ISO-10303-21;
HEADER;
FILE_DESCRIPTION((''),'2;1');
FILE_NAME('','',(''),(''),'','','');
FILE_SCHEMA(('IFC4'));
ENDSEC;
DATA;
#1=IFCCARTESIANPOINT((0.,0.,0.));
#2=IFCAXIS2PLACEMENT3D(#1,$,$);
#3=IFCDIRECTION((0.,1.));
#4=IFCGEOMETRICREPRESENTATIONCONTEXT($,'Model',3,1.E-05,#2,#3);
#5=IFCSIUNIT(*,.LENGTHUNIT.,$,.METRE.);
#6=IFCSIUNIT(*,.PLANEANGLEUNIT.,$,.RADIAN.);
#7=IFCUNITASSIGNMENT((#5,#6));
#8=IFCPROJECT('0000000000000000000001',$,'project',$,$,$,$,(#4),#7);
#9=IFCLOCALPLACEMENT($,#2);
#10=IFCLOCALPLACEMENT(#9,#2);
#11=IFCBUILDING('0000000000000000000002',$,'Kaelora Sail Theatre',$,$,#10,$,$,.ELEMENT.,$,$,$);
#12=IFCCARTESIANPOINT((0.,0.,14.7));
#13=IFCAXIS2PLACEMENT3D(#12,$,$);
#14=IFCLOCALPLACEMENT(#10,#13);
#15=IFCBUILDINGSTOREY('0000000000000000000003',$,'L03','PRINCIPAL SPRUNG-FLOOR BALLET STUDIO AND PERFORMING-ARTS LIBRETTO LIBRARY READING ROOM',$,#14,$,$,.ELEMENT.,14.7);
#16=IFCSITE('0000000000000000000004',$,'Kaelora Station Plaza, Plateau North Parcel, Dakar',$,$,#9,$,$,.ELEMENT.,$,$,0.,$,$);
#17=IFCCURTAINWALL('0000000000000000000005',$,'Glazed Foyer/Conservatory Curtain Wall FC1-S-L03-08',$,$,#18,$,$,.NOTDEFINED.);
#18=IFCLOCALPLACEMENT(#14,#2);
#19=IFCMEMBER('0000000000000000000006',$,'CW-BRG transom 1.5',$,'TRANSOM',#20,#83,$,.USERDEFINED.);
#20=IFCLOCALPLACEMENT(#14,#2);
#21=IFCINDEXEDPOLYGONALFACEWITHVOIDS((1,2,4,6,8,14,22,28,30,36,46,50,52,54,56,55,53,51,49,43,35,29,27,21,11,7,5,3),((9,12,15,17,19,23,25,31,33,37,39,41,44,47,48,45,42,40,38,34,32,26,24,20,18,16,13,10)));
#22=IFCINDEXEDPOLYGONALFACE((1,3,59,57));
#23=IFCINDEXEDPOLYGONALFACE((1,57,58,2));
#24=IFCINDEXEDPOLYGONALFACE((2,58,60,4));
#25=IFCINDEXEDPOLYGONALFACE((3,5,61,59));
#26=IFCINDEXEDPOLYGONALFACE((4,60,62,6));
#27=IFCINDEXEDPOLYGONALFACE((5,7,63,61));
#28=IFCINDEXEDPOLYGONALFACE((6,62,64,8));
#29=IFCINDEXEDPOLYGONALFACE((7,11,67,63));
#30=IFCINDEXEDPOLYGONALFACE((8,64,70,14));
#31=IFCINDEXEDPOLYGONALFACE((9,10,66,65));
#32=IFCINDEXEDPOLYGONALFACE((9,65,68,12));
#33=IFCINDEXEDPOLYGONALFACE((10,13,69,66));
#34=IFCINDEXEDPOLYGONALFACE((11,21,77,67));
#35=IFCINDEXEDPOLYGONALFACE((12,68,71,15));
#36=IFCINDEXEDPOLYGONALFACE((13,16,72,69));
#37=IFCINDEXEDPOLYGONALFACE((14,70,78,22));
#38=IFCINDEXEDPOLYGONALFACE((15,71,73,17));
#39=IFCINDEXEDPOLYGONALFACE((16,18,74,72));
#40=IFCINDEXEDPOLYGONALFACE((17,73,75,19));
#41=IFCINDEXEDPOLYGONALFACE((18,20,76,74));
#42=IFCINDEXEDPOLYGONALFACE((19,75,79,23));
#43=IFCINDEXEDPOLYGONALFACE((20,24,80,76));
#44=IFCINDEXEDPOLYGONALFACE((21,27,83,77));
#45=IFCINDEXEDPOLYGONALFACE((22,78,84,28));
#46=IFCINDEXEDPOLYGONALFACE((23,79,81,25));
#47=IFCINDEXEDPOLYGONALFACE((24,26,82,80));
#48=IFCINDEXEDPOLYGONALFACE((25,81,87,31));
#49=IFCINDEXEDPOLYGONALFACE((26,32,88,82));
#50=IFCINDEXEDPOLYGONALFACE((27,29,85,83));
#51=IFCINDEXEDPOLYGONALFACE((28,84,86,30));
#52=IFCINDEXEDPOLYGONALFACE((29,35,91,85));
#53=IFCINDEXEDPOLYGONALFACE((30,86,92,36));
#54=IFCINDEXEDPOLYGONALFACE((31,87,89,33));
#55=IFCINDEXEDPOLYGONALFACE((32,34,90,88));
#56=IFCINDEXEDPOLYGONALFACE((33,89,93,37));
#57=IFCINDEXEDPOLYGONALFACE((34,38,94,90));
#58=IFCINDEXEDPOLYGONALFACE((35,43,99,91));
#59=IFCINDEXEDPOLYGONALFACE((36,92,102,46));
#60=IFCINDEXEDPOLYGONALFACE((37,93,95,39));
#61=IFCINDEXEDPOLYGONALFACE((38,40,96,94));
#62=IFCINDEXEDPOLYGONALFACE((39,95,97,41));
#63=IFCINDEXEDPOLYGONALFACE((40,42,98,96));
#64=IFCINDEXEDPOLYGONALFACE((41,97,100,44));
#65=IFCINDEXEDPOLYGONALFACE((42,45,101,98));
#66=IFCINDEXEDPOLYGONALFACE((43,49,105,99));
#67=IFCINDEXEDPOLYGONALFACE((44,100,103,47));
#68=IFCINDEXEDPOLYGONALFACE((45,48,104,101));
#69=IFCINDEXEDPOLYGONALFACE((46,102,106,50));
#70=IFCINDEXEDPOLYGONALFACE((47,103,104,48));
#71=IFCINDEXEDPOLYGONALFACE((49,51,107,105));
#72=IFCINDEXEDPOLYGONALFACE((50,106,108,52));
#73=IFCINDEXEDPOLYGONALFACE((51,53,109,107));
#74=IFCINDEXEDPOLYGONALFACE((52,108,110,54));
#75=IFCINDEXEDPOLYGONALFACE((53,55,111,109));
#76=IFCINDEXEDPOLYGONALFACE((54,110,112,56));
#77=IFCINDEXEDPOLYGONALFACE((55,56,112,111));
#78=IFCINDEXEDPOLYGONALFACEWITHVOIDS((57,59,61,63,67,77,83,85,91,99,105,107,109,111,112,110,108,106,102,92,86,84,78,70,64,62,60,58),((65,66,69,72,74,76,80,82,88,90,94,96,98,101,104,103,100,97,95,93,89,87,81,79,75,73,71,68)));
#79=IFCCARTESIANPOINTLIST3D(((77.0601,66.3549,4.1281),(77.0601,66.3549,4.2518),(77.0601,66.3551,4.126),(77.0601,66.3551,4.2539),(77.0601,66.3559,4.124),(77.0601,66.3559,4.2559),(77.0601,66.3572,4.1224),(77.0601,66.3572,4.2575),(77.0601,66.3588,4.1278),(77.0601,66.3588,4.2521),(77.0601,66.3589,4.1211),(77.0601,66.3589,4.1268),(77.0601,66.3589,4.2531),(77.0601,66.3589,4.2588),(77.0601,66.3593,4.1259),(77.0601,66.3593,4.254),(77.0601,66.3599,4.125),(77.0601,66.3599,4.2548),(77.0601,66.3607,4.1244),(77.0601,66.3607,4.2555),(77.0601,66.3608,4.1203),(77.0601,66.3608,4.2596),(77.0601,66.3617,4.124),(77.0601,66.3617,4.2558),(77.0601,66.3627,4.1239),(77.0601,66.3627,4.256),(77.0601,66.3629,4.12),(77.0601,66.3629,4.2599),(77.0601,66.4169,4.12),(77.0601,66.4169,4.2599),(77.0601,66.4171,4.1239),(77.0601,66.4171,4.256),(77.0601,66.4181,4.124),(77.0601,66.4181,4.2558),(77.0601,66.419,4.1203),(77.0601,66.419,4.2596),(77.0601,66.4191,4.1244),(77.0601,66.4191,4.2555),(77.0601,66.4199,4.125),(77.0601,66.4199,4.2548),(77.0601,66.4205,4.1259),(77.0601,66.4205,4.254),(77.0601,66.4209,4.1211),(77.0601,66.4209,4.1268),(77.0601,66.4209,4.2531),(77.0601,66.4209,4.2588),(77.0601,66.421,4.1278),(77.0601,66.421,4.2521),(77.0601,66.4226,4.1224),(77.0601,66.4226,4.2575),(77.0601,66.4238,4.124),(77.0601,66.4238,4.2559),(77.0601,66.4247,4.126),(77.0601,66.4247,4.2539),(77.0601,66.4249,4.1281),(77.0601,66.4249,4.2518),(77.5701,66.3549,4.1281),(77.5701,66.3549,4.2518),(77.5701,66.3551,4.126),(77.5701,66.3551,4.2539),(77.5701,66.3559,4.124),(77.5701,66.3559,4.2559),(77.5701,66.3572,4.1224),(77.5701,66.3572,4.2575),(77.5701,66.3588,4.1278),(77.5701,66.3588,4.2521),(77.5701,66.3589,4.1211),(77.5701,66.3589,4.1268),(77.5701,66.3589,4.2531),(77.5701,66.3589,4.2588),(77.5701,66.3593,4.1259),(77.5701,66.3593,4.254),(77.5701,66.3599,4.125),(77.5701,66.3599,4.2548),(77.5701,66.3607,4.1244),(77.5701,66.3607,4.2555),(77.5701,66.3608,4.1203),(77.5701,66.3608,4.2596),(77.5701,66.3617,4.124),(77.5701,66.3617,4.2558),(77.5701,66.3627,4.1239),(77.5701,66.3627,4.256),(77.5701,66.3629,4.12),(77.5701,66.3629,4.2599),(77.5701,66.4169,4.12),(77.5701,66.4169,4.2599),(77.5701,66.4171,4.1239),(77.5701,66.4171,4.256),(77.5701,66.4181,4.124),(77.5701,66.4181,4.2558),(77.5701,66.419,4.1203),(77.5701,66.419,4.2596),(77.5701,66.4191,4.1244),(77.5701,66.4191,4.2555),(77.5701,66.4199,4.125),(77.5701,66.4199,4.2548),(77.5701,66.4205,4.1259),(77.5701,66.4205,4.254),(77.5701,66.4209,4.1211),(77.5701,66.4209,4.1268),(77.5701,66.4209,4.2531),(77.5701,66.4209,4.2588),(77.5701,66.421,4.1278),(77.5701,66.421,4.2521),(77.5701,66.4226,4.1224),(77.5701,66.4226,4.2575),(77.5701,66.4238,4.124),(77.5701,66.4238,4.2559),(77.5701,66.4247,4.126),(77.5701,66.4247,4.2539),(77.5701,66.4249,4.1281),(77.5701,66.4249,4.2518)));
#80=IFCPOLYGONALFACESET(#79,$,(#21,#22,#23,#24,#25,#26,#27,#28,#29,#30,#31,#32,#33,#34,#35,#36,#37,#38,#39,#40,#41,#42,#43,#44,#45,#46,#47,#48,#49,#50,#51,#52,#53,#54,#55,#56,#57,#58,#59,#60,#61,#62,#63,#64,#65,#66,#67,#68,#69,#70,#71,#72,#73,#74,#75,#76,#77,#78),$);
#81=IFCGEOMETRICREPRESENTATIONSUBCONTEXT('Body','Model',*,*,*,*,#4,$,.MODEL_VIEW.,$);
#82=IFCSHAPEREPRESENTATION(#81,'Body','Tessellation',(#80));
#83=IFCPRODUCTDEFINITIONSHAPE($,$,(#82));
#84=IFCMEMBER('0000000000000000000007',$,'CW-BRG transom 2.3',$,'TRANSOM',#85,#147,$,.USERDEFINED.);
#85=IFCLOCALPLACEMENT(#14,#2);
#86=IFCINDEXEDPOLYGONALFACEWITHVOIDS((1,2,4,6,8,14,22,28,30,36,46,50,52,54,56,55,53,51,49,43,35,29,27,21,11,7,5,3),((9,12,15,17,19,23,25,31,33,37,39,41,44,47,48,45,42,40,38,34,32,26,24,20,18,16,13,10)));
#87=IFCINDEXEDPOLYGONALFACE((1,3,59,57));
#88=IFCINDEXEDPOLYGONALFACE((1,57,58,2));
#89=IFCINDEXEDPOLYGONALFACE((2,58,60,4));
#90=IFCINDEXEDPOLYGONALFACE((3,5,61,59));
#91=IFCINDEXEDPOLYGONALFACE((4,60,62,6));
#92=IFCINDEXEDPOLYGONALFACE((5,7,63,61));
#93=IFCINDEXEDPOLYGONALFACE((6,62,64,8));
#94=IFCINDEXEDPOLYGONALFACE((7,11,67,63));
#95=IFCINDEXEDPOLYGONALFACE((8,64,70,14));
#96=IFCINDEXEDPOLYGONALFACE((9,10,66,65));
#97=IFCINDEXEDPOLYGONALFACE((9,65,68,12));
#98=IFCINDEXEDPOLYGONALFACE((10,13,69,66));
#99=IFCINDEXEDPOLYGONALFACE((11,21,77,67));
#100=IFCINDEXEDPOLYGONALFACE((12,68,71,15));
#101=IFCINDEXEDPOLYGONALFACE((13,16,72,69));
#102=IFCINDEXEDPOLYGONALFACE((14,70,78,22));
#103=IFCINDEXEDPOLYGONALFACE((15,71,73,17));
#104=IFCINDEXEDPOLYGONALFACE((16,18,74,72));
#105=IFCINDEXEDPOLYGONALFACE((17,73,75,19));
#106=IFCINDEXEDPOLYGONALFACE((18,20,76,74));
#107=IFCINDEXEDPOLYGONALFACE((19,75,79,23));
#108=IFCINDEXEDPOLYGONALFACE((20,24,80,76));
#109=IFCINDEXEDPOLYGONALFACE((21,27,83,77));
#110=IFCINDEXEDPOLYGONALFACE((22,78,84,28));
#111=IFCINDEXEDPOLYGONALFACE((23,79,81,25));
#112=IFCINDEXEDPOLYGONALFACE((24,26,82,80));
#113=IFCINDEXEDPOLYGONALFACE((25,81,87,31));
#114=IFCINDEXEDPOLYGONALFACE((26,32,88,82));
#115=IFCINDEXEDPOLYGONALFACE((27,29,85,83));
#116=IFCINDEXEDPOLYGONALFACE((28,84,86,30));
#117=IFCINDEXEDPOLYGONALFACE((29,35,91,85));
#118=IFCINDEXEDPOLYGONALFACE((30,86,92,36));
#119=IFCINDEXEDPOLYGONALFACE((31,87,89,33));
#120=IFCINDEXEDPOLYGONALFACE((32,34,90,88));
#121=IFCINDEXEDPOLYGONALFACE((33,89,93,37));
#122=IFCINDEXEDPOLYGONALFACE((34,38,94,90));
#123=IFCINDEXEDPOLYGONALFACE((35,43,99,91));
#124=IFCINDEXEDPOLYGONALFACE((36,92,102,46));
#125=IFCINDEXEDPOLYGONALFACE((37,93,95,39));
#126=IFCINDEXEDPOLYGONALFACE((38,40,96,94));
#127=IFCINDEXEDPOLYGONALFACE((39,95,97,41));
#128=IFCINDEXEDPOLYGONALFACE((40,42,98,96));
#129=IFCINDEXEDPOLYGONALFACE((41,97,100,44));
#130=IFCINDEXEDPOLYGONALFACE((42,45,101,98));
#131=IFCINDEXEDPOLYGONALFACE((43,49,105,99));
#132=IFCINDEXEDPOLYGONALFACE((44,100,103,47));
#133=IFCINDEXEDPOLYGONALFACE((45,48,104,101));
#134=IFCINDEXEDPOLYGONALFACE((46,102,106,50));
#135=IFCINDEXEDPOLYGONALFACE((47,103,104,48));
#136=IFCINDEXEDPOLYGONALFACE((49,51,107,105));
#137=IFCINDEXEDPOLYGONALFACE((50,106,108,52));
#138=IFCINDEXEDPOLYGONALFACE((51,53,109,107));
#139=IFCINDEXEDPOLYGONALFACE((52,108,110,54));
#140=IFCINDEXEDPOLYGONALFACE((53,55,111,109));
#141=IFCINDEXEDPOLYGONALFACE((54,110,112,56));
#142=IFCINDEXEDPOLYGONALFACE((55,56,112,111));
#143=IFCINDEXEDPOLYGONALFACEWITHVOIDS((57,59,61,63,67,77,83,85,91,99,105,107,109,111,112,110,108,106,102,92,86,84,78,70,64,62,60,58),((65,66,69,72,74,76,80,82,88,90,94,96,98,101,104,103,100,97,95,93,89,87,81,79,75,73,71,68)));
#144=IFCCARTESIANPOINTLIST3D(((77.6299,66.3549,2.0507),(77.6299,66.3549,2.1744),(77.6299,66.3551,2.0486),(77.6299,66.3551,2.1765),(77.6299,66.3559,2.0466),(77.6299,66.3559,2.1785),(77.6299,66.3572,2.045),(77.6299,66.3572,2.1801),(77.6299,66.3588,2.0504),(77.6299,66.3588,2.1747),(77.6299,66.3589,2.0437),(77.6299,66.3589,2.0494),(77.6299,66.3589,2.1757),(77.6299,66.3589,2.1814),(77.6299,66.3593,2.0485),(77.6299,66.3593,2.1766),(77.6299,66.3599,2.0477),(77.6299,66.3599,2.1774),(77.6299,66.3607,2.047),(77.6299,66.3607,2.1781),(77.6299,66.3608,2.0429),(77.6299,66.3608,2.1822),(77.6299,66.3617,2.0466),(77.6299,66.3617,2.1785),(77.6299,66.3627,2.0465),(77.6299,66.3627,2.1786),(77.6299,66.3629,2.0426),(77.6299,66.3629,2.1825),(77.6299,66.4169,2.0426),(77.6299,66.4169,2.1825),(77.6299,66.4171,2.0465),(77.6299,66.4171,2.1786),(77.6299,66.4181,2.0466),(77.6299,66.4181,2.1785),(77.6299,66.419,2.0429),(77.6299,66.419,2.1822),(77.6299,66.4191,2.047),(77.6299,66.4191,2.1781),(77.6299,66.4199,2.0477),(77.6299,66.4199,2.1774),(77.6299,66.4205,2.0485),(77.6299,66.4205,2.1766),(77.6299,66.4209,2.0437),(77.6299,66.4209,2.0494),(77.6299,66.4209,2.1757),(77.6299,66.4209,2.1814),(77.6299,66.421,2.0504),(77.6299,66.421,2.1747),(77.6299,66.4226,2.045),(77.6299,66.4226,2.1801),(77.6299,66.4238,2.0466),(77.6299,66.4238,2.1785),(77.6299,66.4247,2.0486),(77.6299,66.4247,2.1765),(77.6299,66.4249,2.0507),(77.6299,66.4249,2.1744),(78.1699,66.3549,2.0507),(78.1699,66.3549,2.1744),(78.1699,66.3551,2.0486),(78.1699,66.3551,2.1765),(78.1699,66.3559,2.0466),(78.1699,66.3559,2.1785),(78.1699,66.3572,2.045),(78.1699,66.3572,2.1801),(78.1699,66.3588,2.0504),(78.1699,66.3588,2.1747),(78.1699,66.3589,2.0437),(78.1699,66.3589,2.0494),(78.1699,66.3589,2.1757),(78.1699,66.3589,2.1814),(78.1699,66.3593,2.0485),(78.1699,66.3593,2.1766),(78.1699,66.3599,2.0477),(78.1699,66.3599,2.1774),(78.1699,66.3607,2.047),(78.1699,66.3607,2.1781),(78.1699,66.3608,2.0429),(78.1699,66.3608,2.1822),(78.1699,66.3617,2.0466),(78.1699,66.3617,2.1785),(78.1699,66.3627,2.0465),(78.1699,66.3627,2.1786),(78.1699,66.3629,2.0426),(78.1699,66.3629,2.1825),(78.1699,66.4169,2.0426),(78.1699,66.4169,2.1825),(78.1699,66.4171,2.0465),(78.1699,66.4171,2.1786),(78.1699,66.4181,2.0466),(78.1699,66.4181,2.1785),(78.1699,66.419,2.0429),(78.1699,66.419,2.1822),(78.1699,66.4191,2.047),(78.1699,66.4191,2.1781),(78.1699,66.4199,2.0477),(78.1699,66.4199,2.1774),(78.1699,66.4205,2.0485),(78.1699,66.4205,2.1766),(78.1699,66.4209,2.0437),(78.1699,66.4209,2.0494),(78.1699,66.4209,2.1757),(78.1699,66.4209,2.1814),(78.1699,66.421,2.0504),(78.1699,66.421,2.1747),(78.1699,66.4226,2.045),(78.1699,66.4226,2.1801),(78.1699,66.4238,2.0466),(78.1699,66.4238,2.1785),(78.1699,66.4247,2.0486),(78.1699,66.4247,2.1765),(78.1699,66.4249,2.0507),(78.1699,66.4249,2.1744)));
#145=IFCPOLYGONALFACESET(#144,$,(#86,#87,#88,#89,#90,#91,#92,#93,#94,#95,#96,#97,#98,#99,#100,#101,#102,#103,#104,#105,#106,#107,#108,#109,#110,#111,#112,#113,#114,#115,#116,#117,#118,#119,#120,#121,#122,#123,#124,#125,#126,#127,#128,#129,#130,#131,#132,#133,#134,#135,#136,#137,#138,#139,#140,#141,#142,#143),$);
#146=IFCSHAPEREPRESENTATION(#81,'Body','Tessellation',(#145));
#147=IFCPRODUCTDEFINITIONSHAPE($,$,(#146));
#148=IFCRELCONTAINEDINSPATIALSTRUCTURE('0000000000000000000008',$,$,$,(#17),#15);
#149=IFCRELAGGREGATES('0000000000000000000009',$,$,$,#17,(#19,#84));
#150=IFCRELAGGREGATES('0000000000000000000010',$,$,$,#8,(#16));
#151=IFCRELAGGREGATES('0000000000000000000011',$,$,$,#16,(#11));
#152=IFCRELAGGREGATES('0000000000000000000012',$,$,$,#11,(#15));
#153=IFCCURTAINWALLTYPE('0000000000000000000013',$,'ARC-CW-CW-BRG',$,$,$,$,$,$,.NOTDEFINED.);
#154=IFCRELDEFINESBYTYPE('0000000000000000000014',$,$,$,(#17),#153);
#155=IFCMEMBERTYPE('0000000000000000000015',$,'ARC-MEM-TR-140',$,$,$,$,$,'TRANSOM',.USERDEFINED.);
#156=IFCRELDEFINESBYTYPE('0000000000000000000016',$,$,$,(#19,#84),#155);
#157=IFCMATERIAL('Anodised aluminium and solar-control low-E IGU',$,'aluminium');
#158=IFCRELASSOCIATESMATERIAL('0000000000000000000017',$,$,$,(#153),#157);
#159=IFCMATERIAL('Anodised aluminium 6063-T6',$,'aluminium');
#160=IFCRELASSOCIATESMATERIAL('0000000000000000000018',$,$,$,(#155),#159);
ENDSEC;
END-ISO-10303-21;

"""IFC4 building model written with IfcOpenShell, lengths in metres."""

from ifc_helpers import new_model, si_unit, direction, frame, origin, origin_2d, place, context, subcontext, project, spatial, hollow_rectangle, extrude, material, material_profile, profile_set, type_object, element, aggregate, save


model = new_model("IFC4")

# Units and contexts
model_context = context("Model", 3, precision=1e-05, world=origin(), true_north=direction((0.0, 1.0)))
body_context = subcontext(model_context, "Body", "Model", "MODEL_VIEW")
ifc_project = project(units=[si_unit("LENGTHUNIT", "METRE"), si_unit("PLANEANGLEUNIT", "RADIAN")], contexts=[model_context])

# Site, building, storey
site_placement = place(None, origin())
site = spatial("IfcSite", under=ifc_project, at=site_placement, Name="Kaelora Station Plaza, Plateau North Parcel, Dakar", CompositionType="ELEMENT", RefElevation=0.0)
building_placement = place(site_placement, origin())
building = spatial("IfcBuilding", under=site, at=building_placement, Name="Kaelora Sail Theatre", CompositionType="ELEMENT")
storey_placement = place(building_placement, frame((0.0, 0.0, 14.7)))
storey = spatial("IfcBuildingStorey", under=building, at=storey_placement, Name="L03", Description="PRINCIPAL SPRUNG-FLOOR BALLET STUDIO AND PERFORMING-ARTS LIBRETTO LIBRARY READING ROOM", CompositionType="ELEMENT", Elevation=14.7)

# Curtain wall, members
ifc_material_1 = material(Name="Anodised aluminium and solar-control low-E IGU", Category="aluminium")
curtain_wall_type = type_object("IfcCurtainWallType", Name="ARC-CW-CW-BRG", PredefinedType="NOTDEFINED", material=ifc_material_1)
ifc_material_2 = material(Name="Anodised aluminium 6063-T6", Category="aluminium")
ifc_material_profile = material_profile(ifc_material_2, hollow_rectangle(XDim=0.0701, YDim=0.1399, WallThickness=0.0039, InnerFilletRadius=0.0039, OuterFilletRadius=0.0081, at=origin_2d()), Name="ALU-TRAN 70x140x4")
ifc_profile_set = profile_set([ifc_material_profile], Name="Anodised aluminium 6063-T6")
member_type = type_object("IfcMemberType", Name="ARC-MEM-TR-140", ElementType="TRANSOM", PredefinedType="USERDEFINED", material=ifc_profile_set)
curtain_wall_1_placement = place(storey_placement, origin())
curtain_wall_1 = element("IfcCurtainWall", 1, at=curtain_wall_1_placement, inside=storey, type_object=curtain_wall_type, Name="Glazed Foyer/Conservatory Curtain Wall FC1-S-L03-08", PredefinedType="NOTDEFINED")
member_1_placement = place(storey_placement, frame((77.0601, 66.3899, 4.1899), z_axis=(1.0, 0.0, 0.0), x_axis=(0.0, 1.0, 0.0)))
member_1 = element("IfcMember", 2, at=member_1_placement, type_object=member_type, Name="CW-BRG transom 1.5", ObjectType="TRANSOM", PredefinedType="USERDEFINED", context=body_context, shape_type="SweptSolid", body=[
    extrude(hollow_rectangle(XDim=0.0701, YDim=0.1399, WallThickness=0.0039, InnerFilletRadius=0.0039, OuterFilletRadius=0.0081, at=origin_2d()), origin(), (0.0, 0.0, 1.0), 0.51),
])
member_2_placement = place(storey_placement, frame((77.6299, 66.3899, 2.1125), z_axis=(1.0, 0.0, 0.0), x_axis=(0.0, 1.0, 0.0)))
member_2 = element("IfcMember", 3, at=member_2_placement, type_object=member_type, Name="CW-BRG transom 2.3", ObjectType="TRANSOM", PredefinedType="USERDEFINED", context=body_context, shape_type="SweptSolid", body=[
    extrude(hollow_rectangle(XDim=0.0701, YDim=0.1399, WallThickness=0.0039, InnerFilletRadius=0.0039, OuterFilletRadius=0.0081, at=origin_2d()), origin(), (0.0, 0.0, 1.0), 0.54),
])

aggregate(curtain_wall_1, [member_1, member_2])

save(model, "model.ifc")
